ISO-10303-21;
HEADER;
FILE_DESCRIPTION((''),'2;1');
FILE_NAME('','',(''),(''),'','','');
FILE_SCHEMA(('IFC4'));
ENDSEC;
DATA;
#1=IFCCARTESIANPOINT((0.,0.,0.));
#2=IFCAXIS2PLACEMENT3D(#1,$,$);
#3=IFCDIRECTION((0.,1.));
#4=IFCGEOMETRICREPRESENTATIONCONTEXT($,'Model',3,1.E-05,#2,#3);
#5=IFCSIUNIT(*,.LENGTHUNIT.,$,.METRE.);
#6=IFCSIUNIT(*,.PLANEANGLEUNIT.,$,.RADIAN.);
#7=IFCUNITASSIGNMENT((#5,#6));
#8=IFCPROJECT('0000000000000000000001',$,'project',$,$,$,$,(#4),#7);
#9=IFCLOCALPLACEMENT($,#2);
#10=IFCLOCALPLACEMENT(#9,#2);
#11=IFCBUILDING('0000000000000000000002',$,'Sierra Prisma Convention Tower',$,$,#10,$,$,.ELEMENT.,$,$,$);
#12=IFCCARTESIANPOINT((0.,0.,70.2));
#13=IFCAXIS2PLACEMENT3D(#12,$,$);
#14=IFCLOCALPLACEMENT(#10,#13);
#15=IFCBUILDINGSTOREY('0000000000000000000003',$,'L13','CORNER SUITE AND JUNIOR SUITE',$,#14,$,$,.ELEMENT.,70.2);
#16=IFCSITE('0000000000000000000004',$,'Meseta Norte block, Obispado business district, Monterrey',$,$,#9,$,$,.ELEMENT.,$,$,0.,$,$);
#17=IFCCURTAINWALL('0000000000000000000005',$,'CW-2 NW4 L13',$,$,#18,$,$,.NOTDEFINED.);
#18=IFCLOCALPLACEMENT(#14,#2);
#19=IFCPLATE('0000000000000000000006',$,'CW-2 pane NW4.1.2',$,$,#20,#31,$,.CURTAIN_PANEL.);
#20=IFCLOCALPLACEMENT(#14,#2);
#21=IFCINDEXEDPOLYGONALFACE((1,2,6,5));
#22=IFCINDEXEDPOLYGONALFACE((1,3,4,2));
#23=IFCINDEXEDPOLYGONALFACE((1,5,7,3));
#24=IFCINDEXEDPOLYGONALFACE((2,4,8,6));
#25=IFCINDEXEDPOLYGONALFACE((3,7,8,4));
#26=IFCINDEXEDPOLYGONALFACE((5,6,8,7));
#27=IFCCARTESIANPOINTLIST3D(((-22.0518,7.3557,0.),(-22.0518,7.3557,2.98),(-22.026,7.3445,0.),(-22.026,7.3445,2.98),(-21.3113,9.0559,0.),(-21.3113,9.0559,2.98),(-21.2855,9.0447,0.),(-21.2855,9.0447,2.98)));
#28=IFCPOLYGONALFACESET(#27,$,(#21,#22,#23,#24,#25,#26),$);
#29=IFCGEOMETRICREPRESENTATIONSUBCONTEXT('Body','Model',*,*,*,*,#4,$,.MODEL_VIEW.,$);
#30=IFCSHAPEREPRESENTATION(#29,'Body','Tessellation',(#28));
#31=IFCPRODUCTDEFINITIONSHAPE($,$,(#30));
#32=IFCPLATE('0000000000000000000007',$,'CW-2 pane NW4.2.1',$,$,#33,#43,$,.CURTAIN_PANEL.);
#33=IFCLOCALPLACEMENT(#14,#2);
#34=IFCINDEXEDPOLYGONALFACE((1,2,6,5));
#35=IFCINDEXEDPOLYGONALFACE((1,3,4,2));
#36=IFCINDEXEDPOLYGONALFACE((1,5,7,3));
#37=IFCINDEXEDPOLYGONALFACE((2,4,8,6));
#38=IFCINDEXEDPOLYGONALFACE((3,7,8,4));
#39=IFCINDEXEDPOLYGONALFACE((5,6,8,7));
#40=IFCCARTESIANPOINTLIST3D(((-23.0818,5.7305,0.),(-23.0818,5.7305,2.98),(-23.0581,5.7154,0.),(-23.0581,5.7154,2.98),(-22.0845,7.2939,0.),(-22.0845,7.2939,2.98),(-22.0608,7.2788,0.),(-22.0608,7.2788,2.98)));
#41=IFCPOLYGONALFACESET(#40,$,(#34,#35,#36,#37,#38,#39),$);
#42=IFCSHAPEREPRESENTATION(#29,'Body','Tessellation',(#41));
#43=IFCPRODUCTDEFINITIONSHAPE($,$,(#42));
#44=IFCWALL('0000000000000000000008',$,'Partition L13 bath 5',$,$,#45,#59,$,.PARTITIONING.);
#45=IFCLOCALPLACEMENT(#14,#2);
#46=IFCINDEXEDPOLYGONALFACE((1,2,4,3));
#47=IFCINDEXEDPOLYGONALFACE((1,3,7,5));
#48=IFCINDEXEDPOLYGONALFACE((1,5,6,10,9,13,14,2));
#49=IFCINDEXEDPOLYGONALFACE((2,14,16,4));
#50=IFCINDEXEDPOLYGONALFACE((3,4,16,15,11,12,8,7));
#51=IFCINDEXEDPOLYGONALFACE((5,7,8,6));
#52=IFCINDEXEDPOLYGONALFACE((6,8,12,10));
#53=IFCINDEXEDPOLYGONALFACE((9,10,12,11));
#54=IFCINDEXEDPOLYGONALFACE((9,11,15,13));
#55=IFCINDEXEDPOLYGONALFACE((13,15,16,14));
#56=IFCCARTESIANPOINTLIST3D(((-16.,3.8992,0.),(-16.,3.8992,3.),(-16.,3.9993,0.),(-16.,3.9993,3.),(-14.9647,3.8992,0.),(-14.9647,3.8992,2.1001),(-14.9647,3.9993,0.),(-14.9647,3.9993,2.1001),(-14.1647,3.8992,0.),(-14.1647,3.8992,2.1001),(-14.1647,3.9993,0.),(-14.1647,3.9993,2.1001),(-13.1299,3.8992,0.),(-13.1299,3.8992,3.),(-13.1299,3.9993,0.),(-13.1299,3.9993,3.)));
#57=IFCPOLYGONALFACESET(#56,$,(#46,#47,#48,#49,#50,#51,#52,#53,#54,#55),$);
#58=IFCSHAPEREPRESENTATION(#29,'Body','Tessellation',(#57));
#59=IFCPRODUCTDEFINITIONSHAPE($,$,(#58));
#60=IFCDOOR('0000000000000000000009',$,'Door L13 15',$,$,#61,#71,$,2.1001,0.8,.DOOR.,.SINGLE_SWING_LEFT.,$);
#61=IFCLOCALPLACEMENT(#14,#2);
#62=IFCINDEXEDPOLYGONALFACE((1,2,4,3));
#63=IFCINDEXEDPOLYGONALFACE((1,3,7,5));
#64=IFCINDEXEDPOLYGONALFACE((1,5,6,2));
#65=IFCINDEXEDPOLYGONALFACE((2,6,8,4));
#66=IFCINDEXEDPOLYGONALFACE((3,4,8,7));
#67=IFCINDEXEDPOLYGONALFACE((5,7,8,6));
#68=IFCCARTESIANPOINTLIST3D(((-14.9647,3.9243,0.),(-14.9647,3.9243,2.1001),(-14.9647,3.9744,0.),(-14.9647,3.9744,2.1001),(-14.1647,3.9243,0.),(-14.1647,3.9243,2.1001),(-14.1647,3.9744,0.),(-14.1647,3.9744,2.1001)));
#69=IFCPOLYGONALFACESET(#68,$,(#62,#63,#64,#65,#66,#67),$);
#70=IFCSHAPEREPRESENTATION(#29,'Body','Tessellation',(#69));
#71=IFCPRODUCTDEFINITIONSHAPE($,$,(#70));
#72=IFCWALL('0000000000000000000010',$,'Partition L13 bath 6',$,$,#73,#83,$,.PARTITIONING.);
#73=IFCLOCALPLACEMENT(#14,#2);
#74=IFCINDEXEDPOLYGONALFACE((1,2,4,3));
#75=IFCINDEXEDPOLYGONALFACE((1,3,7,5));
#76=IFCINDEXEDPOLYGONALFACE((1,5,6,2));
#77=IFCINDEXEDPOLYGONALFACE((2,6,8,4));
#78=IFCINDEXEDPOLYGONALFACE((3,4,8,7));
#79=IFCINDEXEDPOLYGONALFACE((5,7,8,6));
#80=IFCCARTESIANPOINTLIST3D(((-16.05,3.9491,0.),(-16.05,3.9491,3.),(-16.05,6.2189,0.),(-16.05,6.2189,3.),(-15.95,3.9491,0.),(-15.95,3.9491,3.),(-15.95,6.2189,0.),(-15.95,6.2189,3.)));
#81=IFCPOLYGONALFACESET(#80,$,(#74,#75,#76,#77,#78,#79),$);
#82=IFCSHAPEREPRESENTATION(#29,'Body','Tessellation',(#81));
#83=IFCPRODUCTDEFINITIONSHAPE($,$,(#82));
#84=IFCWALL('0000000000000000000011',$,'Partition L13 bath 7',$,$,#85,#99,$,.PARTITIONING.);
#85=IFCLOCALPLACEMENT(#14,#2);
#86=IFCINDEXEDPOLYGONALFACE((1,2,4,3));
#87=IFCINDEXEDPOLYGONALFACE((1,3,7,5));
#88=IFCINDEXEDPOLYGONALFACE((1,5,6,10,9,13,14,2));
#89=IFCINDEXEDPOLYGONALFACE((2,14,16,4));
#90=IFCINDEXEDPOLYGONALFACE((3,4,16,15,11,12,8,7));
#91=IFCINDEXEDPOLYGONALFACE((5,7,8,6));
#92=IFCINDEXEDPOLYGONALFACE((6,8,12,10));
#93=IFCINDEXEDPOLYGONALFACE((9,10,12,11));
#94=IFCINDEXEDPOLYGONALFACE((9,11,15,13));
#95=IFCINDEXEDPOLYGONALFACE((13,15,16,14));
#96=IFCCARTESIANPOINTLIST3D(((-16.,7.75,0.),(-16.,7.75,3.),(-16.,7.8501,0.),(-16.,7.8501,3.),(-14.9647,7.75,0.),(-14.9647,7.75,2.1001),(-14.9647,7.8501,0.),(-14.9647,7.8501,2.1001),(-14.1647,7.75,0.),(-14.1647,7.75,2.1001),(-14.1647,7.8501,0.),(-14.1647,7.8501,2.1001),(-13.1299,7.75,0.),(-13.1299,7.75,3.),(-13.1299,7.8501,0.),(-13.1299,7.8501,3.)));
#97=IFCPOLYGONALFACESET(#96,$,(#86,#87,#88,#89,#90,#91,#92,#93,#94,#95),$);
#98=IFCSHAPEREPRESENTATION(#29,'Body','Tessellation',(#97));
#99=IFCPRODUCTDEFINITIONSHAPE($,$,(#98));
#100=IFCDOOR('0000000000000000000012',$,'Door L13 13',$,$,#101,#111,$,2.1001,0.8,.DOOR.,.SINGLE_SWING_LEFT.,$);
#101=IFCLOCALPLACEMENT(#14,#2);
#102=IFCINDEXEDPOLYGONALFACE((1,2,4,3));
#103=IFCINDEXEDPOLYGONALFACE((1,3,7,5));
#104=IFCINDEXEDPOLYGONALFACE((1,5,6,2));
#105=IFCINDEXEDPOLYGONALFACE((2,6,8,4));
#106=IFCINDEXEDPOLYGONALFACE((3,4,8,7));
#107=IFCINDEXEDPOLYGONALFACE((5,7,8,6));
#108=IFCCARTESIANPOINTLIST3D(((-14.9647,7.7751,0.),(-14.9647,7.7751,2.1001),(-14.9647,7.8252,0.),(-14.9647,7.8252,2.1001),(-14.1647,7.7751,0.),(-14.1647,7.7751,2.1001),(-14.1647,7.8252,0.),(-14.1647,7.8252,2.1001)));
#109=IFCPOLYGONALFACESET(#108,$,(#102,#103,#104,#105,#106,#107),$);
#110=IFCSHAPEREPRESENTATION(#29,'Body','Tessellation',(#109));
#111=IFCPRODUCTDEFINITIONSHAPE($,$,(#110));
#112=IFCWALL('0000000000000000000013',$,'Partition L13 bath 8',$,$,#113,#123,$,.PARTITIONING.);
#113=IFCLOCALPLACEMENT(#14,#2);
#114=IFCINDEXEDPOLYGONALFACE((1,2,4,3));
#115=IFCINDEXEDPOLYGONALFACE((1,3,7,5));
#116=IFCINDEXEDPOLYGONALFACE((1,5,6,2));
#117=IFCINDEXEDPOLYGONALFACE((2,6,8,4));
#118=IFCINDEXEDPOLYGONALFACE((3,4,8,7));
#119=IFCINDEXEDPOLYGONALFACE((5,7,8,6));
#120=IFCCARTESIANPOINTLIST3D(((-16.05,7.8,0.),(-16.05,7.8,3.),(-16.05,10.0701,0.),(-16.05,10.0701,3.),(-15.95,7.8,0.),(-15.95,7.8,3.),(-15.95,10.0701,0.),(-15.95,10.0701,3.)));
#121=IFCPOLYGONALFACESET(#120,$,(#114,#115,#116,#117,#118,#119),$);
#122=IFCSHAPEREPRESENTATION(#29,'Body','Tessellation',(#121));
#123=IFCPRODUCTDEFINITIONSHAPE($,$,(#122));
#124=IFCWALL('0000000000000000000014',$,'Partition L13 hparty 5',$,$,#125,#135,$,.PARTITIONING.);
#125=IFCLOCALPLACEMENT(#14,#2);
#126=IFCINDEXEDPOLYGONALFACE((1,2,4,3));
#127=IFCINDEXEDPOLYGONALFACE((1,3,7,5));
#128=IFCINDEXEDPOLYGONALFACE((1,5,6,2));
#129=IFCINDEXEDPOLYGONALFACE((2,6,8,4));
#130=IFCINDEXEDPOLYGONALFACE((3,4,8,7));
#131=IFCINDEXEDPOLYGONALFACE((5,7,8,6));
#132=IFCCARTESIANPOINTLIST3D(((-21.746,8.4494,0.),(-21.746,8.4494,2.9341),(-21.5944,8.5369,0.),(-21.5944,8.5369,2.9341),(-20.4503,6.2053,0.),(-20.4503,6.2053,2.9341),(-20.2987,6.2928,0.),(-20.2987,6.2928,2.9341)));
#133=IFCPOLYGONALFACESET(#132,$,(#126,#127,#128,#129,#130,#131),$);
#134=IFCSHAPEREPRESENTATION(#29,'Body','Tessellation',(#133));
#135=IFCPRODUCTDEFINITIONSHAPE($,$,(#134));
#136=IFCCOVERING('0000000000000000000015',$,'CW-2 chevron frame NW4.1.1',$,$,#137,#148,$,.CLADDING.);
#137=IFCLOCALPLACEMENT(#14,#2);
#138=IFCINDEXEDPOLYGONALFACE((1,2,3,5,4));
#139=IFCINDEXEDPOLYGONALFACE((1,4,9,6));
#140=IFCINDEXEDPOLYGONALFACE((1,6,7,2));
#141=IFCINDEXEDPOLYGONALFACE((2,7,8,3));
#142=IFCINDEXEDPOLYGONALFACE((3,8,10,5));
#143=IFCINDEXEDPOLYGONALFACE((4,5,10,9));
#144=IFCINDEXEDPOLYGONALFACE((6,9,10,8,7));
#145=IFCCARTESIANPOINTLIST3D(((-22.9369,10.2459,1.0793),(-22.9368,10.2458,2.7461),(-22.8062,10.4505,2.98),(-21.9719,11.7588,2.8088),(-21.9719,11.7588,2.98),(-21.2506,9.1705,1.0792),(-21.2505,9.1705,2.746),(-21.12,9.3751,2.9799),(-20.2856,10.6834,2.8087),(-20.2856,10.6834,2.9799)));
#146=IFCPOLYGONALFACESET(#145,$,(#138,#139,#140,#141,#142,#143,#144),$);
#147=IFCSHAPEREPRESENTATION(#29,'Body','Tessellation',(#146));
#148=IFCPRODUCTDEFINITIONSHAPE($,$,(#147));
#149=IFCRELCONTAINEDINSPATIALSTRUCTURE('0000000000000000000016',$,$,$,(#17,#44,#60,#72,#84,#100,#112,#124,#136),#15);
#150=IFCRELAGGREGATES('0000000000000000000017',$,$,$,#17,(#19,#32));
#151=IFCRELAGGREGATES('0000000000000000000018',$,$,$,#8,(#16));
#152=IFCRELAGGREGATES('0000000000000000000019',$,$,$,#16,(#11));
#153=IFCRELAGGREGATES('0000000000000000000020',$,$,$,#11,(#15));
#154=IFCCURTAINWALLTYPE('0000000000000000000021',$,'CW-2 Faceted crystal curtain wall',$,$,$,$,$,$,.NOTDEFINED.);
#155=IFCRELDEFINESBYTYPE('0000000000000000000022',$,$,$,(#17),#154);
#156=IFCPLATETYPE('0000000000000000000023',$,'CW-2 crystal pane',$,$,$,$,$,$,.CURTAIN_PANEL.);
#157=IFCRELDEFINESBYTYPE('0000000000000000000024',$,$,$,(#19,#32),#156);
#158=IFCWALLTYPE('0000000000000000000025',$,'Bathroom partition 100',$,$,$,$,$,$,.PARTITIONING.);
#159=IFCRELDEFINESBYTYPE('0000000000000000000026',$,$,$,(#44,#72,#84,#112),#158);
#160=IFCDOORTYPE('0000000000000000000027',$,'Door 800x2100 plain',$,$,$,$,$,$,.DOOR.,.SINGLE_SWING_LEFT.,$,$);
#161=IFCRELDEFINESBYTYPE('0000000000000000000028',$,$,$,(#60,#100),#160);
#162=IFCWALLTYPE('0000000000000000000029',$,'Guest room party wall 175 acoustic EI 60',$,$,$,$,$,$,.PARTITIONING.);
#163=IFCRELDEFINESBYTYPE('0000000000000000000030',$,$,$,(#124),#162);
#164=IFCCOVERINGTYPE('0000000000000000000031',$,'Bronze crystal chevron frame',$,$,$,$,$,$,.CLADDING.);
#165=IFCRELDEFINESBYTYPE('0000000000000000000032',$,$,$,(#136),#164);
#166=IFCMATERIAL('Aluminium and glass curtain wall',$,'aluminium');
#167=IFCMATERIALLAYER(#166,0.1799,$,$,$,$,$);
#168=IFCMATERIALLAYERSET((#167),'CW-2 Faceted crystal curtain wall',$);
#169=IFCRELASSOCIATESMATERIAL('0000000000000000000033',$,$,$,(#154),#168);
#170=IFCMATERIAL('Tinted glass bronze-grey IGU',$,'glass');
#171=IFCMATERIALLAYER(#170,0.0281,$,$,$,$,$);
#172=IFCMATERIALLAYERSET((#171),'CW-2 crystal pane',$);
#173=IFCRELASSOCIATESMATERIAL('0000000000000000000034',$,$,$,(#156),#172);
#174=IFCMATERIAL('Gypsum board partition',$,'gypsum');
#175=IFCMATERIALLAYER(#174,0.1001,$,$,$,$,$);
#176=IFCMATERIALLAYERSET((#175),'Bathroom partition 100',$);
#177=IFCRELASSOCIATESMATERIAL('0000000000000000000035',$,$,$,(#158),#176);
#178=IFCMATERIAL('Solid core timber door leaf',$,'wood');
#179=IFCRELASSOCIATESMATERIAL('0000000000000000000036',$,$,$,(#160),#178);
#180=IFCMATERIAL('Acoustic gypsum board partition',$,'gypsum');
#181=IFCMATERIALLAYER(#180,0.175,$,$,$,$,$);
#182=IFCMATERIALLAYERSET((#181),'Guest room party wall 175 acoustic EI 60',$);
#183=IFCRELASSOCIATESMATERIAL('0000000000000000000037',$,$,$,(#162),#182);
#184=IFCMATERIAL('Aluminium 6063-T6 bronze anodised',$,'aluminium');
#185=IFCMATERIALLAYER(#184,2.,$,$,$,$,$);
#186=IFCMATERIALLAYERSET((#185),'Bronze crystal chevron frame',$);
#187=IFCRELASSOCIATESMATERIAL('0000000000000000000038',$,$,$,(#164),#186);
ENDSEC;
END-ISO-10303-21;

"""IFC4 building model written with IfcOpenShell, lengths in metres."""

from ifc_helpers import new_model, si_unit, direction, frame, frame_2d, origin, place, context, subcontext, project, spatial, polyline, rectangle, outline, extrude, material, layer, layer_set, type_object, element, fill, aggregate, save


model = new_model("IFC4")

# Units and contexts
model_context = context("Model", 3, precision=1e-05, world=origin(), true_north=direction((0.0, 1.0)))
body_context = subcontext(model_context, "Body", "Model", "MODEL_VIEW")
ifc_project = project(units=[si_unit("LENGTHUNIT", "METRE"), si_unit("PLANEANGLEUNIT", "RADIAN")], contexts=[model_context])

# Site, building, storey
site_placement = place(None, origin())
site = spatial("IfcSite", under=ifc_project, at=site_placement, Name="Meseta Norte block, Obispado business district, Monterrey", CompositionType="ELEMENT", RefElevation=0.0)
building_placement = place(site_placement, origin())
building = spatial("IfcBuilding", under=site, at=building_placement, Name="Sierra Prisma Convention Tower", CompositionType="ELEMENT")
storey_placement = place(building_placement, frame((0.0, 0.0, 70.2)))
storey = spatial("IfcBuildingStorey", under=building, at=storey_placement, Name="L13", Description="CORNER SUITE AND JUNIOR SUITE", CompositionType="ELEMENT", Elevation=70.2)

# Curtain wall
ifc_material_1 = material(Name="Aluminium and glass curtain wall", Category="aluminium")
ifc_layer_1 = layer(ifc_material_1, 0.1799)
ifc_layer_set_1 = layer_set([ifc_layer_1], Name="CW-2 Faceted crystal curtain wall")
curtain_wall_type = type_object("IfcCurtainWallType", Name="CW-2 Faceted crystal curtain wall", PredefinedType="NOTDEFINED", material=ifc_layer_set_1)
curtain_wall_1_placement = place(storey_placement, origin())
curtain_wall_1 = element("IfcCurtainWall", 1, at=curtain_wall_1_placement, inside=storey, type_object=curtain_wall_type, Name="CW-2 NW4 L13", PredefinedType="NOTDEFINED")

# Plates
ifc_material_2 = material(Name="Tinted glass bronze-grey IGU", Category="glass")
ifc_layer_2 = layer(ifc_material_2, 0.0281)
ifc_layer_set_2 = layer_set([ifc_layer_2], Name="CW-2 crystal pane")
plate_type = type_object("IfcPlateType", Name="CW-2 crystal pane", PredefinedType="CURTAIN_PANEL", material=ifc_layer_set_2)
plate_1_placement = place(storey_placement, frame((-22.0518, 7.3557, 0.0), z_axis=(-0.916821, 0.399299, 0.0), x_axis=(0.399299, 0.916821, 0.0)))
plate_1 = element("IfcPlate", 2, at=plate_1_placement, type_object=plate_type, Name="CW-2 pane NW4.1.2", PredefinedType="CURTAIN_PANEL", context=body_context, shape_type="SweptSolid", body=[
    extrude(outline(polyline([(0.0, 0.0), (1.8544, 0.0), (1.8544, -2.98), (0.0, -2.98), (0.0, 0.0)])), origin(), (0.0, 0.0, -1.0), 0.0281),
])
plate_2_placement = place(storey_placement, frame((-22.0845, 7.2939, 0.0), z_axis=(-0.843081, 0.537787, 0.0), x_axis=(-0.537787, -0.843081, 0.0)))
plate_2 = element("IfcPlate", 3, at=plate_2_placement, type_object=plate_type, Name="CW-2 pane NW4.2.1", PredefinedType="CURTAIN_PANEL", context=body_context, shape_type="SweptSolid", body=[
    extrude(outline(polyline([(0.0, 0.0), (1.8545, 0.0), (1.8545, 2.98), (0.0, 2.98), (0.0, 0.0)])), origin(), (0.0, 0.0, -1.0), 0.0281),
])
aggregate(curtain_wall_1, [plate_1, plate_2])

# Wall, opening, door
ifc_material_3 = material(Name="Gypsum board partition", Category="gypsum")
ifc_layer_3 = layer(ifc_material_3, 0.1001)
ifc_layer_set_3 = layer_set([ifc_layer_3], Name="Bathroom partition 100")
wall_type_1 = type_object("IfcWallType", Name="Bathroom partition 100", PredefinedType="PARTITIONING", material=ifc_layer_set_3)
wall_1_placement = place(storey_placement, frame((-13.1299, 3.9492, 0.0), z_axis=(0.0, 0.0, 1.0), x_axis=(-1.0, 0.0, 0.0)))
wall_1 = element("IfcWall", 4, at=wall_1_placement, inside=storey, type_object=wall_type_1, Name="Partition L13 bath 5", PredefinedType="PARTITIONING", context=body_context, shape_type="SweptSolid", body=[
    extrude(rectangle(XDim=2.8701, YDim=0.1001, at=frame_2d((1.4351, 0.0))), origin(), (0.0, 0.0, 1.0), 3.0),
])
opening_1_placement = place(wall_1_placement, frame((1.0349, 0.0, 0.0)))
opening_1 = element("IfcOpeningElement", 5, at=opening_1_placement, cuts=wall_1, PredefinedType="OPENING", context=body_context, shape_type="SweptSolid", body=[
    extrude(rectangle(XDim=0.8, YDim=2.1001, at=frame_2d((0.3999, 1.05))), frame((0.0, 0.05, 0.0), z_axis=(0.0, -1.0, 0.0), x_axis=(1.0, 0.0, 0.0)), (0.0, 0.0, 1.0), 0.1001),
])
ifc_material_4 = material(Name="Solid core timber door leaf", Category="wood")
door_type = type_object("IfcDoorType", Name="Door 800x2100 plain", OperationType="SINGLE_SWING_LEFT", PredefinedType="DOOR", material=ifc_material_4)
door_1_placement = place(opening_1_placement, origin())
door_1 = element("IfcDoor", 6, at=door_1_placement, inside=storey, type_object=door_type, Name="Door L13 15", OperationType="SINGLE_SWING_LEFT", OverallHeight=2.1001, OverallWidth=0.8, PredefinedType="DOOR", context=body_context, shape_type="SweptSolid", body=[
    extrude(rectangle(XDim=0.8, YDim=2.1001, at=frame_2d((0.3999, 1.05))), frame((0.0, 0.0249, 0.0), z_axis=(0.0, -1.0, 0.0), x_axis=(1.0, 0.0, 0.0)), (0.0, 0.0, 1.0), 0.05),
])
fill(opening_1, door_1)

# Wall
wall_2_placement = place(storey_placement, frame((-16.0, 3.9492, 0.0), z_axis=(0.0, 0.0, 1.0), x_axis=(0.0, 1.0, 0.0)))
element("IfcWall", 7, at=wall_2_placement, inside=storey, type_object=wall_type_1, Name="Partition L13 bath 6", PredefinedType="PARTITIONING", context=body_context, shape_type="SweptSolid", body=[
    extrude(rectangle(XDim=2.2698, YDim=0.1001, at=frame_2d((1.1348, 0.0))), origin(), (0.0, 0.0, 1.0), 3.0),
])

# Wall, opening, door
wall_3_placement = place(storey_placement, frame((-13.1299, 7.8, 0.0), z_axis=(0.0, 0.0, 1.0), x_axis=(-1.0, 0.0, 0.0)))
wall_3 = element("IfcWall", 8, at=wall_3_placement, inside=storey, type_object=wall_type_1, Name="Partition L13 bath 7", PredefinedType="PARTITIONING", context=body_context, shape_type="SweptSolid", body=[
    extrude(rectangle(XDim=2.8701, YDim=0.1001, at=frame_2d((1.4351, 0.0))), origin(), (0.0, 0.0, 1.0), 3.0),
])
opening_2_placement = place(wall_3_placement, frame((1.0349, 0.0, 0.0)))
opening_2 = element("IfcOpeningElement", 9, at=opening_2_placement, cuts=wall_3, PredefinedType="OPENING", context=body_context, shape_type="SweptSolid", body=[
    extrude(rectangle(XDim=0.8, YDim=2.1001, at=frame_2d((0.3999, 1.05))), frame((0.0, 0.05, 0.0), z_axis=(0.0, -1.0, 0.0), x_axis=(1.0, 0.0, 0.0)), (0.0, 0.0, 1.0), 0.1001),
])
door_2_placement = place(opening_2_placement, origin())
door_2 = element("IfcDoor", 10, at=door_2_placement, inside=storey, type_object=door_type, Name="Door L13 13", OperationType="SINGLE_SWING_LEFT", OverallHeight=2.1001, OverallWidth=0.8, PredefinedType="DOOR", context=body_context, shape_type="SweptSolid", body=[
    extrude(rectangle(XDim=0.8, YDim=2.1001, at=frame_2d((0.3999, 1.05))), frame((0.0, 0.0249, 0.0), z_axis=(0.0, -1.0, 0.0), x_axis=(1.0, 0.0, 0.0)), (0.0, 0.0, 1.0), 0.05),
])
fill(opening_2, door_2)

# Walls
wall_4_placement = place(storey_placement, frame((-16.0, 7.8, 0.0), z_axis=(0.0, 0.0, 1.0), x_axis=(0.0, 1.0, 0.0)))
element("IfcWall", 11, at=wall_4_placement, inside=storey, type_object=wall_type_1, Name="Partition L13 bath 8", PredefinedType="PARTITIONING", context=body_context, shape_type="SweptSolid", body=[
    extrude(rectangle(XDim=2.27, YDim=0.1001, at=frame_2d((1.135, 0.0))), origin(), (0.0, 0.0, 1.0), 3.0),
])
ifc_material_5 = material(Name="Acoustic gypsum board partition", Category="gypsum")
ifc_layer_4 = layer(ifc_material_5, 0.175)
ifc_layer_set_4 = layer_set([ifc_layer_4], Name="Guest room party wall 175 acoustic EI 60")
wall_type_2 = type_object("IfcWallType", Name="Guest room party wall 175 acoustic EI 60", PredefinedType="PARTITIONING", material=ifc_layer_set_4)
wall_5_placement = place(storey_placement, frame((-20.3745, 6.249, 0.0), z_axis=(0.0, 0.0, 1.0), x_axis=(-0.5, 0.866026, 0.0)))
element("IfcWall", 12, at=wall_5_placement, inside=storey, type_object=wall_type_2, Name="Partition L13 hparty 5", PredefinedType="PARTITIONING", context=body_context, shape_type="SweptSolid", body=[
    extrude(rectangle(XDim=2.5913, YDim=0.175, at=frame_2d((1.2957, 0.0))), origin(), (0.0, 0.0, 1.0), 2.9341),
])

# Covering
ifc_material_6 = material(Name="Aluminium 6063-T6 bronze anodised", Category="aluminium")
ifc_layer_5 = layer(ifc_material_6, 2.0)
ifc_layer_set_5 = layer_set([ifc_layer_5], Name="Bronze crystal chevron frame")
covering_type = type_object("IfcCoveringType", Name="Bronze crystal chevron frame", PredefinedType="CLADDING", material=ifc_layer_set_5)
covering_placement = place(storey_placement, frame((-21.9719, 11.7588, 2.98), z_axis=(-0.843144, 0.537688, 0.000059), x_axis=(-0.00005, 0.000032, -1.0)))
element("IfcCovering", 13, at=covering_placement, inside=storey, type_object=covering_type, Name="CW-2 chevron frame NW4.1.1", PredefinedType="CLADDING", context=body_context, shape_type="SweptSolid", body=[
    extrude(outline(polyline([(0.0, 0.0), (0.1711, 0.0), (1.9006, 1.7944), (0.2339, 1.7944), (0.0, 1.5517), (0.0, 0.0)])), origin(), (0.0, 0.0, -1.0), 2.0),
])

save(model, "model.ifc")
